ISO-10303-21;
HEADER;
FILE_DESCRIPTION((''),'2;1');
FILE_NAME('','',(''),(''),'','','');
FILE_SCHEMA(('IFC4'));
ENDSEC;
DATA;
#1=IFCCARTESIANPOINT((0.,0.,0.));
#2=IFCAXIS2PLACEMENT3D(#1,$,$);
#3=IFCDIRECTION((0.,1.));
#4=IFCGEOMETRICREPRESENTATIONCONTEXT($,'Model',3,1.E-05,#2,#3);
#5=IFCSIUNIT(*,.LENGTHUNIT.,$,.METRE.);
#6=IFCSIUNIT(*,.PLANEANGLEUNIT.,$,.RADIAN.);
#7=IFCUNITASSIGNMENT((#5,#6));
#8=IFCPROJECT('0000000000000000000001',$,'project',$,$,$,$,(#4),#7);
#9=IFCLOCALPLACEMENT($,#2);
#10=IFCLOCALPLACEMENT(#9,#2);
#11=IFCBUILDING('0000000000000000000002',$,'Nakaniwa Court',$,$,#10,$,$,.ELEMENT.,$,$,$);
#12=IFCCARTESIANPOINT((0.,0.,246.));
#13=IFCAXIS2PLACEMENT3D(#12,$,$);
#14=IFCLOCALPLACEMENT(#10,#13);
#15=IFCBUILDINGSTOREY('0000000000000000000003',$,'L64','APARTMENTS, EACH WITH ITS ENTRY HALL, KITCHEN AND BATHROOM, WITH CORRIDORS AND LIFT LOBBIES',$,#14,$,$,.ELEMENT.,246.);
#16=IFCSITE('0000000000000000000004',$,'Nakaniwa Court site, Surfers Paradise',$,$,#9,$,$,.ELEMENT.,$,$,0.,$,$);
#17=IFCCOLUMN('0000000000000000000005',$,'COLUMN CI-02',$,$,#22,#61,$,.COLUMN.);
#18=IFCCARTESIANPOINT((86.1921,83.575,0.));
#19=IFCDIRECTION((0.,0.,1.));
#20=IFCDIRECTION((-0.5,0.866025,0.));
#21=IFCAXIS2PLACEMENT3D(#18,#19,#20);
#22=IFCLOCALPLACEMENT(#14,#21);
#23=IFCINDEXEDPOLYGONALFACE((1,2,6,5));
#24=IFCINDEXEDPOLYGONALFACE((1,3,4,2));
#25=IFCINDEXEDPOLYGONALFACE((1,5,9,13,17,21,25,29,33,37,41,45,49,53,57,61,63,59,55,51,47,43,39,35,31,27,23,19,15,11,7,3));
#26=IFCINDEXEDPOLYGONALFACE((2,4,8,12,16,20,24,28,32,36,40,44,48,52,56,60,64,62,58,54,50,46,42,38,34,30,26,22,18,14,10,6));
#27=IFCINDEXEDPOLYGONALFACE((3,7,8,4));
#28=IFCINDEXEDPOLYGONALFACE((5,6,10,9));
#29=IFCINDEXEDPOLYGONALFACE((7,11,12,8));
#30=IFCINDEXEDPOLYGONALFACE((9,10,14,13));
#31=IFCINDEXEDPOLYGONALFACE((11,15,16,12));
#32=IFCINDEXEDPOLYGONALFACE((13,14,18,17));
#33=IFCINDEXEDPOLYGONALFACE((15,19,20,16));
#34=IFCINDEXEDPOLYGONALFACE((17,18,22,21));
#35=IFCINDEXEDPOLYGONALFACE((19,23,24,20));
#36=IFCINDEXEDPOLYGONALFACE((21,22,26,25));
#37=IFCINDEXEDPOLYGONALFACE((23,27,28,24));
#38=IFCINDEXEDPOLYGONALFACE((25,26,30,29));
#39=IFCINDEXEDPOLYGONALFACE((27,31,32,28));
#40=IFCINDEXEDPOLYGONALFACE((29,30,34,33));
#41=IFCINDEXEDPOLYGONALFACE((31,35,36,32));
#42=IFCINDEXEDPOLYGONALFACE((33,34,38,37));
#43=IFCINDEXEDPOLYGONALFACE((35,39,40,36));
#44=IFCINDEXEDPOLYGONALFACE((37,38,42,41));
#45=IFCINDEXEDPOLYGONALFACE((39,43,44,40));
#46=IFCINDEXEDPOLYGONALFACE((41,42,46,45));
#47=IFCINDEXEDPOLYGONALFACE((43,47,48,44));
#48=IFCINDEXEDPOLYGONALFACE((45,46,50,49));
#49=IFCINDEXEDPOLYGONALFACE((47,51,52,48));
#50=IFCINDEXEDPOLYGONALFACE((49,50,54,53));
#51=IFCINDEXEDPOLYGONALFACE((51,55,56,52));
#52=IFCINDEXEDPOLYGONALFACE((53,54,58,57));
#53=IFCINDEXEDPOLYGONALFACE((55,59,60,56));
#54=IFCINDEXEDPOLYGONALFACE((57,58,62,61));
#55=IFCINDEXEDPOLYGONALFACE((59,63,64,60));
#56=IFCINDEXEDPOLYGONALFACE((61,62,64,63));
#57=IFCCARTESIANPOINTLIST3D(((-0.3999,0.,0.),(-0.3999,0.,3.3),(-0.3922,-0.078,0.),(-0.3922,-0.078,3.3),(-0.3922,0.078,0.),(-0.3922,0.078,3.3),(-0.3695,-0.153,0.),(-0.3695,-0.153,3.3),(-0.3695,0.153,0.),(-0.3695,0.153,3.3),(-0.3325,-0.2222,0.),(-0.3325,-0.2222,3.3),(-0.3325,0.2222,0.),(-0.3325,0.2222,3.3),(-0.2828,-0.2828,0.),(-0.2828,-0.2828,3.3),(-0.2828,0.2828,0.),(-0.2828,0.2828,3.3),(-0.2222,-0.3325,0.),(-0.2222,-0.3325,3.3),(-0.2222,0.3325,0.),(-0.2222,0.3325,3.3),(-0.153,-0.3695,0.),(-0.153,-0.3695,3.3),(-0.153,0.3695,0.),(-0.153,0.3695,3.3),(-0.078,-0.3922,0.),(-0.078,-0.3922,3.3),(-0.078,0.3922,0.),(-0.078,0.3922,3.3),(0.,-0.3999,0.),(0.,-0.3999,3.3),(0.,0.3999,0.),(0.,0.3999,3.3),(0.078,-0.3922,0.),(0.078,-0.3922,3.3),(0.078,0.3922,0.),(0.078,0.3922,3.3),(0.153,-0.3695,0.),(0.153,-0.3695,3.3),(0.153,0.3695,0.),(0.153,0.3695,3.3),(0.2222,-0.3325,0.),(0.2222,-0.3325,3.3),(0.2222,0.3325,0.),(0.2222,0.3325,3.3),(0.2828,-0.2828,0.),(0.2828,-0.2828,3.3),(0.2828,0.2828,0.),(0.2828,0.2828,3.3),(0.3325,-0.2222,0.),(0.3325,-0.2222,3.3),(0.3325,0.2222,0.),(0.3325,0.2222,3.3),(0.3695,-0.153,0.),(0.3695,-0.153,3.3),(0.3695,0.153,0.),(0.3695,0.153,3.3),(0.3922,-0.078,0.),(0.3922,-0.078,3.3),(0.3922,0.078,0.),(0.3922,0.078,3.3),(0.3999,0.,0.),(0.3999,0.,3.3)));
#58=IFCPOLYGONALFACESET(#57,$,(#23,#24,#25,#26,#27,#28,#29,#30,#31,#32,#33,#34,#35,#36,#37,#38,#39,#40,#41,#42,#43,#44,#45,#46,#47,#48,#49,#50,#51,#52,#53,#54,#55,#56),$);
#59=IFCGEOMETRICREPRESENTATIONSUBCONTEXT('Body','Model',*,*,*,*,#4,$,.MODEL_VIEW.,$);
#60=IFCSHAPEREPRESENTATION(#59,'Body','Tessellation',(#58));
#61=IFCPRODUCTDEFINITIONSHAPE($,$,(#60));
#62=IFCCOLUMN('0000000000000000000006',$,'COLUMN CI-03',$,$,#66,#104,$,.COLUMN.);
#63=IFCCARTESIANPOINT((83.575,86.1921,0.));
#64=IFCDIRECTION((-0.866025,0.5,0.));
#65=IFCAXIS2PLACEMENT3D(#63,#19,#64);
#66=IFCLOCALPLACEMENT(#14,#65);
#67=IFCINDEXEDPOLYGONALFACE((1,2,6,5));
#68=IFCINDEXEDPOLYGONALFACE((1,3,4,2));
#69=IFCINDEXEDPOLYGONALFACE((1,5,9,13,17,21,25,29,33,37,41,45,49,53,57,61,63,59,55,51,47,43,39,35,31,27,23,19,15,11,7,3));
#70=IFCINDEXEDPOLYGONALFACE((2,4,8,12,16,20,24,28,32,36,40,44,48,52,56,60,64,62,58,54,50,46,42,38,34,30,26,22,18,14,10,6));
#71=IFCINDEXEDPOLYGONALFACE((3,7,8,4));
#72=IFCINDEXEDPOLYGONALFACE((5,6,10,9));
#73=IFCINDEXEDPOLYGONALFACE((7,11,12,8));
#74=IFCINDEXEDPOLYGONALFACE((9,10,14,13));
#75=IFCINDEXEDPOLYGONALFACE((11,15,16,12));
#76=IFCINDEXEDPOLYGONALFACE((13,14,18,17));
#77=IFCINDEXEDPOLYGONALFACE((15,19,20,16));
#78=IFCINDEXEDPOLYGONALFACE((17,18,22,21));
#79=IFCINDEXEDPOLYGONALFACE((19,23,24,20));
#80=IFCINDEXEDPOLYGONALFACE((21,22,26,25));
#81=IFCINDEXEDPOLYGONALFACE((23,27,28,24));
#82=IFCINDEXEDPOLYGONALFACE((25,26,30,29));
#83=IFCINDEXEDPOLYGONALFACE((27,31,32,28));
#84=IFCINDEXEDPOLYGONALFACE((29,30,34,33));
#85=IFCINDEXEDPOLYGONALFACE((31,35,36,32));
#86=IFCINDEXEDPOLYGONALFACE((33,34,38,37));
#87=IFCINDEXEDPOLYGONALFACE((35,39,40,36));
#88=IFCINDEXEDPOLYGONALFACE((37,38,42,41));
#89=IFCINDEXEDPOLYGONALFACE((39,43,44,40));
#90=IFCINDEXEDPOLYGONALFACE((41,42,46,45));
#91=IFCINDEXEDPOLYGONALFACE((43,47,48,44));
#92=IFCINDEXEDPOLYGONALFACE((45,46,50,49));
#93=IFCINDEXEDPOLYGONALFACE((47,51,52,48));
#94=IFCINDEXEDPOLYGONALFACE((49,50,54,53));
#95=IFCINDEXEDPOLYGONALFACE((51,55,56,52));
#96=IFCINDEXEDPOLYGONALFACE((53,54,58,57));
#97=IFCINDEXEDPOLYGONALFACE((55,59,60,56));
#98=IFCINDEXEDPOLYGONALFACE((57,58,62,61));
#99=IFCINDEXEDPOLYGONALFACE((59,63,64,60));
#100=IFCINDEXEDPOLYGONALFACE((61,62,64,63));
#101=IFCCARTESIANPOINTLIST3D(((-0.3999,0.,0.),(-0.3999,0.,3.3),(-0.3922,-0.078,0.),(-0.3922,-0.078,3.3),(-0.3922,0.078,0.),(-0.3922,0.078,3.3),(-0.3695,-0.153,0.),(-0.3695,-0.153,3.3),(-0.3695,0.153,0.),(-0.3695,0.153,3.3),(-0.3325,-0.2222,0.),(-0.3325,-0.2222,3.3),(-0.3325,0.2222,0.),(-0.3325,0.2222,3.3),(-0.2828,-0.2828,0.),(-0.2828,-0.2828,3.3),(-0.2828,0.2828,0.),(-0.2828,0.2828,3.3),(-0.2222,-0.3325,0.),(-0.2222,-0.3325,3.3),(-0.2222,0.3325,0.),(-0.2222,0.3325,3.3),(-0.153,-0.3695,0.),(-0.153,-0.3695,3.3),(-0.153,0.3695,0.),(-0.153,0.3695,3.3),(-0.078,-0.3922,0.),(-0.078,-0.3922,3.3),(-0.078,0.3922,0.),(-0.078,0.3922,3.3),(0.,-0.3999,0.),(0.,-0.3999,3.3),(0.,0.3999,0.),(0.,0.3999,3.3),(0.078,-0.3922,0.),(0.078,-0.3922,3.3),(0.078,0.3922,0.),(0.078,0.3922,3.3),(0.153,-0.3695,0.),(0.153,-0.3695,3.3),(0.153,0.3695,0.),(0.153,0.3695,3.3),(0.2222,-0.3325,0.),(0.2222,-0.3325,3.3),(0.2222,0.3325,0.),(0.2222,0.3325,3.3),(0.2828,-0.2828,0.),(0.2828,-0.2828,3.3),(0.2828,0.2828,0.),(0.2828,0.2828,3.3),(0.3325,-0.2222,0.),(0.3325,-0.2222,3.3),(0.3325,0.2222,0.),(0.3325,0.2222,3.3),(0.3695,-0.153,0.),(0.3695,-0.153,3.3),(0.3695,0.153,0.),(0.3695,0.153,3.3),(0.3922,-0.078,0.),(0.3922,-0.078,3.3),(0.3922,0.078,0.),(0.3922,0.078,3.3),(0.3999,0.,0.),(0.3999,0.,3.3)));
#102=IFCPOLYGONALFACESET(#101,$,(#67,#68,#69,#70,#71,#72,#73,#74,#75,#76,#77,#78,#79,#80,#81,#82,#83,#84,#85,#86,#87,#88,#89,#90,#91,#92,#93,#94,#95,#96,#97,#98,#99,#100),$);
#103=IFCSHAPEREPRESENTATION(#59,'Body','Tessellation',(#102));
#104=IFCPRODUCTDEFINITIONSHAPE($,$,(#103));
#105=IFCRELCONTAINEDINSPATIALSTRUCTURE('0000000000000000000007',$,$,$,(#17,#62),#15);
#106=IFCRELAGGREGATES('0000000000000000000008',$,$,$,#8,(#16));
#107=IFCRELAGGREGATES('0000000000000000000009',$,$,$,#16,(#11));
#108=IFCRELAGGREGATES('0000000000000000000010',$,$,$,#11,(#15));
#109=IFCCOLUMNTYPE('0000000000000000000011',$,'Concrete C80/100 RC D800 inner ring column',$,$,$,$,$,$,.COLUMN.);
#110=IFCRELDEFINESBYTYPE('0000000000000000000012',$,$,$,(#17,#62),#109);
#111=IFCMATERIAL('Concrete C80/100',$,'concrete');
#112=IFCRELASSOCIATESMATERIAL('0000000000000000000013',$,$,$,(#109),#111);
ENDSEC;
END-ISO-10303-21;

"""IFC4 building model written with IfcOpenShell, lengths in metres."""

from ifc_helpers import new_model, si_unit, direction, frame, origin, origin_2d, place, context, subcontext, project, spatial, circle, extrude, material, material_profile, profile_set, type_object, element, save


model = new_model("IFC4")

# Units and contexts
model_context = context("Model", 3, precision=1e-05, world=origin(), true_north=direction((0.0, 1.0)))
body_context = subcontext(model_context, "Body", "Model", "MODEL_VIEW")
ifc_project = project(units=[si_unit("LENGTHUNIT", "METRE"), si_unit("PLANEANGLEUNIT", "RADIAN")], contexts=[model_context])

# Site, building, storey
site_placement = place(None, origin())
site = spatial("IfcSite", under=ifc_project, at=site_placement, Name="Nakaniwa Court site, Surfers Paradise", CompositionType="ELEMENT", RefElevation=0.0)
building_placement = place(site_placement, origin())
building = spatial("IfcBuilding", under=site, at=building_placement, Name="Nakaniwa Court", CompositionType="ELEMENT")
storey_placement = place(building_placement, frame((0.0, 0.0, 246.0)))
storey = spatial("IfcBuildingStorey", under=building, at=storey_placement, Name="L64", Description="APARTMENTS, EACH WITH ITS ENTRY HALL, KITCHEN AND BATHROOM, WITH CORRIDORS AND LIFT LOBBIES", CompositionType="ELEMENT", Elevation=246.0)

# Columns
ifc_material_1 = material(Name="Concrete C80/100", Category="concrete")
ifc_material_profile_1 = material_profile(ifc_material_1, circle(Radius=0.3999, at=origin_2d()), Name="Concrete C80/100 RC D800 inner ring column")
ifc_profile_set_1 = profile_set([ifc_material_profile_1], Name="Concrete C80/100")
column_type = type_object("IfcColumnType", Name="Concrete C80/100 RC D800 inner ring column", PredefinedType="COLUMN", material=ifc_profile_set_1)
for number, where, z_axis, x_axis, name in (
    (1, (86.1921, 83.575, 0.0), (0.0, 0.0, 1.0), (-0.5, 0.866025, 0.0), "COLUMN CI-02"),
    (2, (83.575, 86.1921, 0.0), (0.0, 0.0, 1.0), (-0.866025, 0.5, 0.0), "COLUMN CI-03"),
):
    element("IfcColumn", number, at=place(storey_placement, frame(where, z_axis=z_axis, x_axis=x_axis)), inside=storey, type_object=column_type, Name=name, PredefinedType="COLUMN", context=body_context, shape_type="SweptSolid", body=[
        extrude(circle(Radius=0.3999, at=origin_2d()), origin(), (0.0, 0.0, 1.0), 3.3),
    ])

save(model, "model.ifc")
